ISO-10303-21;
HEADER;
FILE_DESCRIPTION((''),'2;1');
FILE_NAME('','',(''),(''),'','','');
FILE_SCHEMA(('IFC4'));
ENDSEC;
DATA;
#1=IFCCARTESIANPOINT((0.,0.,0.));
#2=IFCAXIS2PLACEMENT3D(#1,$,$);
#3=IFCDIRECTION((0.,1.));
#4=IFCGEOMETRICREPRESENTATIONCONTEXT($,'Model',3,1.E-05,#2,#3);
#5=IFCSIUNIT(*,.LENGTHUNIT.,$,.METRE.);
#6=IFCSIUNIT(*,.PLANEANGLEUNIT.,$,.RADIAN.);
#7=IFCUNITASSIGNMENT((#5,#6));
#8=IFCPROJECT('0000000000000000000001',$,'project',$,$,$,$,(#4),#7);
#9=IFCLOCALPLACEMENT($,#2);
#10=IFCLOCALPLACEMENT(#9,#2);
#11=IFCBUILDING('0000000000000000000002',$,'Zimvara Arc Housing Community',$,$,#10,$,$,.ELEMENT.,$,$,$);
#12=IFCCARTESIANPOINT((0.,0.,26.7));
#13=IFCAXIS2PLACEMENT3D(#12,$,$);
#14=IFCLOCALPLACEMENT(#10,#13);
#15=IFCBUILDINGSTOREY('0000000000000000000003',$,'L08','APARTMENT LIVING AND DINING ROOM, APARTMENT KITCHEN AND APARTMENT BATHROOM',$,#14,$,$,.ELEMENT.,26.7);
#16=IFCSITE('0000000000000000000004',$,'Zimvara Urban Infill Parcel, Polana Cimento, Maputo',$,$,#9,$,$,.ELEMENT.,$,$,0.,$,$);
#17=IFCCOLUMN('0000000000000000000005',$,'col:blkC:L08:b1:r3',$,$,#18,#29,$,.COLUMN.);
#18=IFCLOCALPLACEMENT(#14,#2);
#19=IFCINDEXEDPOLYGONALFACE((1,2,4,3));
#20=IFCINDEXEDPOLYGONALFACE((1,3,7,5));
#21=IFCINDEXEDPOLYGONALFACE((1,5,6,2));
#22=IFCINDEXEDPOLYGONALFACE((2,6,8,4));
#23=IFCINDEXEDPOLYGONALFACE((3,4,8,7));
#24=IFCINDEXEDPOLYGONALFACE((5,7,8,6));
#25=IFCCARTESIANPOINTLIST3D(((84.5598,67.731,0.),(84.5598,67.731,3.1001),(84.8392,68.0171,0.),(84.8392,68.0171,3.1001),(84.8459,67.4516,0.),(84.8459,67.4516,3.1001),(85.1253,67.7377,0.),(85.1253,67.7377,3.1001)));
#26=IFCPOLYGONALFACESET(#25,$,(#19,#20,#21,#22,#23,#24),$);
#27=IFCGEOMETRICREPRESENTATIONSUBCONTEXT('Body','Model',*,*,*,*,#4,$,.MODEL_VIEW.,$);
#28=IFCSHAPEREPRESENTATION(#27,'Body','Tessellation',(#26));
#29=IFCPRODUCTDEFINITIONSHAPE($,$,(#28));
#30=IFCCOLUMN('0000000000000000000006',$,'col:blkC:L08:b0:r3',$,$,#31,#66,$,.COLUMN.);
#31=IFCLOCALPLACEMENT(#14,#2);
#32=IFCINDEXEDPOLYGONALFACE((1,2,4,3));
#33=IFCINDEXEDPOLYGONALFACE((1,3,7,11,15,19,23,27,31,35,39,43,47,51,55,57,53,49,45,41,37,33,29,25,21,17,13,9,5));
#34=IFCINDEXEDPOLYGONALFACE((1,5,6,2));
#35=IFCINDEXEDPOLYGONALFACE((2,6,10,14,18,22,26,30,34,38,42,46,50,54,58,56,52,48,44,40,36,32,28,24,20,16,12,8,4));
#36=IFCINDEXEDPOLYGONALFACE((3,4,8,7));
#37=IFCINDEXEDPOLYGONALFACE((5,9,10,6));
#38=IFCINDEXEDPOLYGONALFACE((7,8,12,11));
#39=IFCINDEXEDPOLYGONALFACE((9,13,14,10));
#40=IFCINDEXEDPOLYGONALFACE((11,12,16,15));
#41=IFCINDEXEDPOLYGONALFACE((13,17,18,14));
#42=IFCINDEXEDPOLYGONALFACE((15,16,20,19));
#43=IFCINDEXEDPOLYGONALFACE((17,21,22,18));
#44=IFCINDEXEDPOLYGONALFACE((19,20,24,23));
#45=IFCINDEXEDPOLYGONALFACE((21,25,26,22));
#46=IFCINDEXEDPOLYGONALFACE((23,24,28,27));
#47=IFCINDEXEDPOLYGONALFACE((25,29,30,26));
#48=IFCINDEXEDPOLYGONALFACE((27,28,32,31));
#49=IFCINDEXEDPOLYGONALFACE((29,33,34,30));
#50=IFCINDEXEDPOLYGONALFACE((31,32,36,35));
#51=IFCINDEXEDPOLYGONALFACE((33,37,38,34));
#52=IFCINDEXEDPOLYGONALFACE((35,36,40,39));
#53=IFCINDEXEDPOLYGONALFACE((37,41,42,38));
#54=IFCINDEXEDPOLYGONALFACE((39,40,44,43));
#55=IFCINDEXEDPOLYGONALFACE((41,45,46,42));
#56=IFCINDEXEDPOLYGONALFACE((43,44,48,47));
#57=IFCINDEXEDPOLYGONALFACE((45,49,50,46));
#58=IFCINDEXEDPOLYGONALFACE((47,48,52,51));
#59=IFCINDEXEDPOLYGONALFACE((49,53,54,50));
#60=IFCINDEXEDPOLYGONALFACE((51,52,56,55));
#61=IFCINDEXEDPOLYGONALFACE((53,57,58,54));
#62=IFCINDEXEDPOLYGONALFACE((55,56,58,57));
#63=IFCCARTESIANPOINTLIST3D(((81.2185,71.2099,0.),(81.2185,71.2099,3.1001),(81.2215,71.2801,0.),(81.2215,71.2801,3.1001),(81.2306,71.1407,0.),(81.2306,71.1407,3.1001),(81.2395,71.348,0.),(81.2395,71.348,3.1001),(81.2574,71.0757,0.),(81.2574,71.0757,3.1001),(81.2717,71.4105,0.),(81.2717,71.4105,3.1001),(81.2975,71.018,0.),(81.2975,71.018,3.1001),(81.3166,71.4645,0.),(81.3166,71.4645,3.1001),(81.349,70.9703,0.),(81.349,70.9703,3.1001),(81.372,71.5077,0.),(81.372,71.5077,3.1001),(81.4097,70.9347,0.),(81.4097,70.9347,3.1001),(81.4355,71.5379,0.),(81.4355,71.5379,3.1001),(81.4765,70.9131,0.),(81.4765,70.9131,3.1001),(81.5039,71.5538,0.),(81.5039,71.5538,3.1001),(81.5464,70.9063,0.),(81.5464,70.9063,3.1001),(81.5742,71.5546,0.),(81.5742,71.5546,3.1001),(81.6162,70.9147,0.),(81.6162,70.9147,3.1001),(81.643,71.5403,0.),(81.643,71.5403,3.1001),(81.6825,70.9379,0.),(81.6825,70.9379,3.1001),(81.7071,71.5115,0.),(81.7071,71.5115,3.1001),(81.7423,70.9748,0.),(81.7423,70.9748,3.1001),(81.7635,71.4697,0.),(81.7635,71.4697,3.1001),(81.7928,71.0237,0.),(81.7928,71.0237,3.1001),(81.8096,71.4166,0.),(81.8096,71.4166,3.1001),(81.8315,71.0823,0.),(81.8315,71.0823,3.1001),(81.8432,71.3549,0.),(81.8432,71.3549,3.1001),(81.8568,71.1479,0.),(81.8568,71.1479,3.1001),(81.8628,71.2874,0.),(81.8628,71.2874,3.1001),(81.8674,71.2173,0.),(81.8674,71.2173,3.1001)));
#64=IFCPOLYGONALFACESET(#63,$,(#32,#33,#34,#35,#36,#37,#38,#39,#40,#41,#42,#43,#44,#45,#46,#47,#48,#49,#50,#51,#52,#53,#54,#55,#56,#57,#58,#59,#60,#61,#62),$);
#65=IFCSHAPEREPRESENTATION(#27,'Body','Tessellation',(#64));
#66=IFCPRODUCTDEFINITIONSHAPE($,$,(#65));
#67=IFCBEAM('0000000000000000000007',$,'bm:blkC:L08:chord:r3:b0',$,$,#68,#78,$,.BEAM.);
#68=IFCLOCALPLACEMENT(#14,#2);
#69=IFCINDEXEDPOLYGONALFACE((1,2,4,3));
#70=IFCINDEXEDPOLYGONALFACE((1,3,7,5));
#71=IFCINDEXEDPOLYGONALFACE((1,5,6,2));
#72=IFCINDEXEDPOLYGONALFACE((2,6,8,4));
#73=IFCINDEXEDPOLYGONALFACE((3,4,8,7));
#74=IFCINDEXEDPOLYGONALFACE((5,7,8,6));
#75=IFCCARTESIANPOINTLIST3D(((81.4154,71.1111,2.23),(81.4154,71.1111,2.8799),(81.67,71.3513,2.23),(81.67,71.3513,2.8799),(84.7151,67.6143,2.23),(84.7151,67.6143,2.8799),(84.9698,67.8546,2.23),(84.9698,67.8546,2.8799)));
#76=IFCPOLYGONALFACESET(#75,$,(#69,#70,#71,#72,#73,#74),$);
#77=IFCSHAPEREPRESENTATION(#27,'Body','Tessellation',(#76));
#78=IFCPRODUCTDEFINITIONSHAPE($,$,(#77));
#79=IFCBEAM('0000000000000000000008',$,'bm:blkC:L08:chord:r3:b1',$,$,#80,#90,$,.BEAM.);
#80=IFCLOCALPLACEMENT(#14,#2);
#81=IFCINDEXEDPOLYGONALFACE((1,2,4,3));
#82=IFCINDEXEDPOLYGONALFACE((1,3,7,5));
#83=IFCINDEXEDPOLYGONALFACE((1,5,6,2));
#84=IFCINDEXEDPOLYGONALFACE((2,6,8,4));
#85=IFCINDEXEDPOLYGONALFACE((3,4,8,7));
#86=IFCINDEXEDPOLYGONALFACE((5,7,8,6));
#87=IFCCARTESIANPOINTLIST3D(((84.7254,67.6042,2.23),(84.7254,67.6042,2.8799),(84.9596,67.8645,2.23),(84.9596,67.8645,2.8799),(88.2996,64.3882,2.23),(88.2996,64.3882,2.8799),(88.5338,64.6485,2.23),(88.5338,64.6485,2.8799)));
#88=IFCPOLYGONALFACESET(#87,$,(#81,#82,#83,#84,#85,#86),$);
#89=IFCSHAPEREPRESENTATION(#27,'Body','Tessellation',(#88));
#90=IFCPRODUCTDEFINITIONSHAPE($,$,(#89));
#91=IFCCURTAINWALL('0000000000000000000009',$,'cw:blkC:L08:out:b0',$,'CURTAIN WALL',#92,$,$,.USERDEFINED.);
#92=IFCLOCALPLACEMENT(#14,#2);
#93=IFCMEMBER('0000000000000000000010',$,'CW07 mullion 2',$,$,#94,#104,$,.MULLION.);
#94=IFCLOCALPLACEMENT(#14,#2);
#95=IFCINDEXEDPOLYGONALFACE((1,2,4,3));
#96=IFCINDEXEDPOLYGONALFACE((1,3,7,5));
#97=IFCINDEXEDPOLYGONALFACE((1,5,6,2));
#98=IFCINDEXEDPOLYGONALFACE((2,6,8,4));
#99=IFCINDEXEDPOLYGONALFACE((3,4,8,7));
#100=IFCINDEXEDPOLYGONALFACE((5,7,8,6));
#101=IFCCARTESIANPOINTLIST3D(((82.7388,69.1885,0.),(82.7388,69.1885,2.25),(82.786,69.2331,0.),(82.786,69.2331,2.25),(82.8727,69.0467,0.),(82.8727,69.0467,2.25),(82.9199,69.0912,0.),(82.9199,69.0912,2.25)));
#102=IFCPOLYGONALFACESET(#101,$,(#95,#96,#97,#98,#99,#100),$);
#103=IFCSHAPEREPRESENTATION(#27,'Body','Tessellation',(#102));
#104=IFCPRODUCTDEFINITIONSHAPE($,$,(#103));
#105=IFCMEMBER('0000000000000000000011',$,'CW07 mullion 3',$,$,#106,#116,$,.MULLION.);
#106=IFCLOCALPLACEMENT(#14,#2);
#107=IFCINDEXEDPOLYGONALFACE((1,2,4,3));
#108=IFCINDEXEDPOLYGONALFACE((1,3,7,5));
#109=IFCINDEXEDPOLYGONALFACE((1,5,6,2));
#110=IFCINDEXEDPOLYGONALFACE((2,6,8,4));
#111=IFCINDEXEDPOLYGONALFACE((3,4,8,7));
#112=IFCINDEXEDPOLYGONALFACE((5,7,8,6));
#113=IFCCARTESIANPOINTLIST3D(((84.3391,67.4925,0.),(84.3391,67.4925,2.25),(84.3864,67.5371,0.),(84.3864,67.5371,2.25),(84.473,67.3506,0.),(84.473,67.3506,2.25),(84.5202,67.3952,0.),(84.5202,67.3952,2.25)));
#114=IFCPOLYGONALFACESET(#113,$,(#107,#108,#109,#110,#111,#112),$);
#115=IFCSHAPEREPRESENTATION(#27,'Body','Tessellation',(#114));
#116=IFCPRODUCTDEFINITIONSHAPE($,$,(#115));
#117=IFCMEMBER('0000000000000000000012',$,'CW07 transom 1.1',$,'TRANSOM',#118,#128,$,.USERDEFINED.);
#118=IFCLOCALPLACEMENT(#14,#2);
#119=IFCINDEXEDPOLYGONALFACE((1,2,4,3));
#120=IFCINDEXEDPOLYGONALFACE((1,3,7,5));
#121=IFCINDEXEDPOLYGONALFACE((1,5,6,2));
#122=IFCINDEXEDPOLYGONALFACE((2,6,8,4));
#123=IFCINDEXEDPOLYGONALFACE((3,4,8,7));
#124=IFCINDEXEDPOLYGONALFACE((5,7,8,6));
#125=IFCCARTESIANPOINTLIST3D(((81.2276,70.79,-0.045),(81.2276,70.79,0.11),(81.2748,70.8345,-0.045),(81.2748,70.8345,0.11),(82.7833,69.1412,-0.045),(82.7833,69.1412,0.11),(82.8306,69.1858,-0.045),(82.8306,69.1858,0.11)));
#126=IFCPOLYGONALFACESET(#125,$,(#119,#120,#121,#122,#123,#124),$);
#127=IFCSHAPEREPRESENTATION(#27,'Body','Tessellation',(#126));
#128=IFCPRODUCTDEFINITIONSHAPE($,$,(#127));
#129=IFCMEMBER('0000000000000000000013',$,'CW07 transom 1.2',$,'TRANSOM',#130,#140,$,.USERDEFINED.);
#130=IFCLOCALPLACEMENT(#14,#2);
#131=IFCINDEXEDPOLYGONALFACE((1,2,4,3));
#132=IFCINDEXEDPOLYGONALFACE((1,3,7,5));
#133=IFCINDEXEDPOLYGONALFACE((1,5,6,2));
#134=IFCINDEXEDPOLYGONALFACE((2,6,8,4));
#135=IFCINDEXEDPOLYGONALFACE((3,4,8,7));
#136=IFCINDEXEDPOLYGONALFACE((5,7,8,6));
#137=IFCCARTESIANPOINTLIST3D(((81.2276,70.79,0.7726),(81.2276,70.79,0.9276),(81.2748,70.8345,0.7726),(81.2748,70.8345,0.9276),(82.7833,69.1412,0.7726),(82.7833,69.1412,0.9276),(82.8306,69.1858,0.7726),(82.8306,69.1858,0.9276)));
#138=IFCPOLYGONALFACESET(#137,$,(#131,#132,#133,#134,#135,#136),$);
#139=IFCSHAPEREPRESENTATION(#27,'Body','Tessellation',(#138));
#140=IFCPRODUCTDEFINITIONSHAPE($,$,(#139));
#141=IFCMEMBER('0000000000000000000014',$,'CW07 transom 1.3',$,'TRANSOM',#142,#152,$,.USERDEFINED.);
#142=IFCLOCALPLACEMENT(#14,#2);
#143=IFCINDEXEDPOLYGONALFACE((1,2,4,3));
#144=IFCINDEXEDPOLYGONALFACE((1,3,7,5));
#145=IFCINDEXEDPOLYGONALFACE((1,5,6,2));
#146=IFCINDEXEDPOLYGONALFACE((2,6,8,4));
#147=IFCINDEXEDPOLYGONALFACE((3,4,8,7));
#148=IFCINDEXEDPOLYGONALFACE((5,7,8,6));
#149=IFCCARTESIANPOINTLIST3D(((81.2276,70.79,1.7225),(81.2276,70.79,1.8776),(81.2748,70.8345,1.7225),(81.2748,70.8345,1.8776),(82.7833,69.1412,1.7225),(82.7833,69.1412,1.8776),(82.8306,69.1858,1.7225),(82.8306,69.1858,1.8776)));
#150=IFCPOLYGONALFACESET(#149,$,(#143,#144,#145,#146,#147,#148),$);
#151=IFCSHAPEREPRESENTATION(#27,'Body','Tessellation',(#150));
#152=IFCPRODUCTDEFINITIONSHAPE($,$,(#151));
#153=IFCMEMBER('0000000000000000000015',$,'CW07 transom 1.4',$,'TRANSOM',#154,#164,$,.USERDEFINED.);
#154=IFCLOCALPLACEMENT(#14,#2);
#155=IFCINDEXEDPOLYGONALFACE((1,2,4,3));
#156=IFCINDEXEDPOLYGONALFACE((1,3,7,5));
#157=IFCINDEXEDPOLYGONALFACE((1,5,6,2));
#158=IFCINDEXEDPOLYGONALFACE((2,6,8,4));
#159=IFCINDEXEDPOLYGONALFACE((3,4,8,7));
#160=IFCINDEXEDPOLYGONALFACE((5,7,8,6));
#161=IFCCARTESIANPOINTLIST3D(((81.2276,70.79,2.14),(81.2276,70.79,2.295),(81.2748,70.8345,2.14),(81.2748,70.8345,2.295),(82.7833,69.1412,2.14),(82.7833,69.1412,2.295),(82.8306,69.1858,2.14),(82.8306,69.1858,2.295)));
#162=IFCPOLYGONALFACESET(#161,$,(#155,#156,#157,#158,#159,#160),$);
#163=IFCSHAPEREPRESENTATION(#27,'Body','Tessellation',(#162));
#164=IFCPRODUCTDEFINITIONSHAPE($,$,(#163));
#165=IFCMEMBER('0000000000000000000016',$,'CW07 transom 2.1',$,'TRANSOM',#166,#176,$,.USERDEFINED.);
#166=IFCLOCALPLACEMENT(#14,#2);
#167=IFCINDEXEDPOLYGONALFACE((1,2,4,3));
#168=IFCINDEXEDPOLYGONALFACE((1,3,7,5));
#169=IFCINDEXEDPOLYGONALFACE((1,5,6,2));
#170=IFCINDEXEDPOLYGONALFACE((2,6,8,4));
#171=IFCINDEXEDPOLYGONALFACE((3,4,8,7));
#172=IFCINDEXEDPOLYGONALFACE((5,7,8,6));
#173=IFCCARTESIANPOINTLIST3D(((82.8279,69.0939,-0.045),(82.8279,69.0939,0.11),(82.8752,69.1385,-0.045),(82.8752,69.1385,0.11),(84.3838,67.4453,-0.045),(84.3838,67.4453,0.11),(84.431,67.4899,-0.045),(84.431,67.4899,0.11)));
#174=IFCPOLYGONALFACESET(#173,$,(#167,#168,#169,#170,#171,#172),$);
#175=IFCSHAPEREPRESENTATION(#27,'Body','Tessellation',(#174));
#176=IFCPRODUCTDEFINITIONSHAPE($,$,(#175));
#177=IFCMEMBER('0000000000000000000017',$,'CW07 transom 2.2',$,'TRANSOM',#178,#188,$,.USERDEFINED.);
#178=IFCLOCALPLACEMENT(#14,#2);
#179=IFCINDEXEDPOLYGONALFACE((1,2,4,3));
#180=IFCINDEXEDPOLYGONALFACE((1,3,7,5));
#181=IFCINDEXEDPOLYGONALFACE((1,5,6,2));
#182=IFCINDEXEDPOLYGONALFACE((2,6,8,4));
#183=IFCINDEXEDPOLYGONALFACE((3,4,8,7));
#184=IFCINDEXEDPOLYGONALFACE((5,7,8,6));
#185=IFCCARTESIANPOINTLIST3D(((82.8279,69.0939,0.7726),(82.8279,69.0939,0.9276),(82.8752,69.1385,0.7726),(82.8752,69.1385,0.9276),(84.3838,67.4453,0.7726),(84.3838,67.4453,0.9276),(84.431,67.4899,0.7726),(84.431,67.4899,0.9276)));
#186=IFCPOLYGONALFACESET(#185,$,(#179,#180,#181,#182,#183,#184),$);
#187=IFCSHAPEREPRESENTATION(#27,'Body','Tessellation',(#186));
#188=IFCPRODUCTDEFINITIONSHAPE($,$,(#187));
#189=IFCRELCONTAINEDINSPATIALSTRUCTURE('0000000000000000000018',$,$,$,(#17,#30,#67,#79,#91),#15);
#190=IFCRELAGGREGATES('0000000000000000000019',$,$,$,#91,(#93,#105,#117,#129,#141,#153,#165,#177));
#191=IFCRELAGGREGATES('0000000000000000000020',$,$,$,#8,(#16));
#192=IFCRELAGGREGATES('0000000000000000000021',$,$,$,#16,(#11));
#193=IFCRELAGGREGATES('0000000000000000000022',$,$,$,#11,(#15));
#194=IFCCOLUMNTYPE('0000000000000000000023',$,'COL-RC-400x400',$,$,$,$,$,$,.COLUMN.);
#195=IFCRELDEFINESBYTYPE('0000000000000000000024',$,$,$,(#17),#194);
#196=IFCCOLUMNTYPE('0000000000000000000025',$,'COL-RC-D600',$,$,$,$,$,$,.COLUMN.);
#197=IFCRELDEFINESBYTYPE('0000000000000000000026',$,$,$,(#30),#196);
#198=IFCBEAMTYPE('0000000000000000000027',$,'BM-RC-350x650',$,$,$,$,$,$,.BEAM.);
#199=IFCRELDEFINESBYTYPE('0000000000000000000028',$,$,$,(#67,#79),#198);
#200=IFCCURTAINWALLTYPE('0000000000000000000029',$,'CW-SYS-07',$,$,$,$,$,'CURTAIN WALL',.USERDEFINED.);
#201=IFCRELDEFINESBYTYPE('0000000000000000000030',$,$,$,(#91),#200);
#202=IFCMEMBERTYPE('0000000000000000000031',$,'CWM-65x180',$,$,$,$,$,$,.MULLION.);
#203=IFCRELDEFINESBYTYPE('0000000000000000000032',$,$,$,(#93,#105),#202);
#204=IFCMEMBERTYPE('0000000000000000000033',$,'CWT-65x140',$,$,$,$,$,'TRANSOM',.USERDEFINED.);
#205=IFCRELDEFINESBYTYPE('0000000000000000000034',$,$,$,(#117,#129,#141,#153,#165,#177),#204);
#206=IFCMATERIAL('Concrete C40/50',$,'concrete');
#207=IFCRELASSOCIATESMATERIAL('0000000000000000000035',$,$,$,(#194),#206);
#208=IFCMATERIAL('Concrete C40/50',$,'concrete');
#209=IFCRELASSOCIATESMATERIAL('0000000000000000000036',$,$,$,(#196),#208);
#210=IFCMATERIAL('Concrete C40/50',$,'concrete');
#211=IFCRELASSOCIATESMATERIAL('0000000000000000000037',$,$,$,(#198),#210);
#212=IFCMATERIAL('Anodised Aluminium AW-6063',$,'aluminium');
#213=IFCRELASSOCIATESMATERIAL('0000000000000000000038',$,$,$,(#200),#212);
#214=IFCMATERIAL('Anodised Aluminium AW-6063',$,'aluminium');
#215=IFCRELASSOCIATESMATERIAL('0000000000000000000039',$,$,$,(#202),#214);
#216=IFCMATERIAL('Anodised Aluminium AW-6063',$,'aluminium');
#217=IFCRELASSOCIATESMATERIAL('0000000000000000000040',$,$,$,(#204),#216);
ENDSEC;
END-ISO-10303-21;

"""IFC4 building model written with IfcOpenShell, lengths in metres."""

from ifc_helpers import new_model, si_unit, direction, frame, origin, origin_2d, place, context, subcontext, project, spatial, rectangle, circle, extrude, material, material_profile, profile_set, type_object, element, aggregate, save


model = new_model("IFC4")

# Units and contexts
model_context = context("Model", 3, precision=1e-05, world=origin(), true_north=direction((0.0, 1.0)))
body_context = subcontext(model_context, "Body", "Model", "MODEL_VIEW")
ifc_project = project(units=[si_unit("LENGTHUNIT", "METRE"), si_unit("PLANEANGLEUNIT", "RADIAN")], contexts=[model_context])

# Site, building, storey
site_placement = place(None, origin())
site = spatial("IfcSite", under=ifc_project, at=site_placement, Name="Zimvara Urban Infill Parcel, Polana Cimento, Maputo", CompositionType="ELEMENT", RefElevation=0.0)
building_placement = place(site_placement, origin())
building = spatial("IfcBuilding", under=site, at=building_placement, Name="Zimvara Arc Housing Community", CompositionType="ELEMENT")
storey_placement = place(building_placement, frame((0.0, 0.0, 26.7)))
storey = spatial("IfcBuildingStorey", under=building, at=storey_placement, Name="L08", Description="APARTMENT LIVING AND DINING ROOM, APARTMENT KITCHEN AND APARTMENT BATHROOM", CompositionType="ELEMENT", Elevation=26.7)

# Columns
ifc_material_1 = material(Name="Concrete C40/50", Category="concrete")
ifc_material_profile_1 = material_profile(ifc_material_1, rectangle(XDim=0.3999, YDim=0.3999, at=origin_2d()), Name="RC 400x400")
ifc_profile_set_1 = profile_set([ifc_material_profile_1], Name="Concrete C40/50")
column_type_1 = type_object("IfcColumnType", Name="COL-RC-400x400", PredefinedType="COLUMN", material=ifc_profile_set_1)
column_1_placement = place(storey_placement, frame((84.8425, 67.7344, 0.0), z_axis=(0.0, 0.0, 1.0), x_axis=(-0.698665, -0.715449, 0.0)))
element("IfcColumn", 1, at=column_1_placement, inside=storey, type_object=column_type_1, Name="col:blkC:L08:b1:r3", PredefinedType="COLUMN", context=body_context, shape_type="SweptSolid", body=[
    extrude(rectangle(XDim=0.3999, YDim=0.3999, at=origin_2d()), origin(), (0.0, 0.0, 1.0), 3.1001),
])
ifc_material_2 = material(Name="Concrete C40/50", Category="concrete")
ifc_material_profile_2 = material_profile(ifc_material_2, circle(Radius=0.325, at=origin_2d()), Name="RC D650")
ifc_profile_set_2 = profile_set([ifc_material_profile_2], Name="Concrete C40/50")
column_type_2 = type_object("IfcColumnType", Name="COL-RC-D600", PredefinedType="COLUMN", material=ifc_profile_set_2)
column_2_placement = place(storey_placement, frame((81.5427, 71.2312, 0.0), z_axis=(0.0, 0.0, 1.0), x_axis=(-0.75471, -0.656059, 0.0)))
element("IfcColumn", 2, at=column_2_placement, inside=storey, type_object=column_type_2, Name="col:blkC:L08:b0:r3", PredefinedType="COLUMN", context=body_context, shape_type="SweptSolid", body=[
    extrude(circle(Radius=0.325, at=origin_2d()), origin(), (0.0, 0.0, 1.0), 3.1001),
])

# Beams
ifc_material_3 = material(Name="Concrete C40/50", Category="concrete")
ifc_material_profile_3 = material_profile(ifc_material_3, rectangle(XDim=0.3501, YDim=0.6499, at=origin_2d()), Name="RC 350x650")
ifc_profile_set_3 = profile_set([ifc_material_profile_3], Name="Concrete C40/50")
beam_type = type_object("IfcBeamType", Name="BM-RC-350x650", PredefinedType="BEAM", material=ifc_profile_set_3)
beam_1_placement = place(storey_placement, frame((81.5427, 71.2312, 2.5549), z_axis=(0.686321, -0.727299, 0.0), x_axis=(0.727299, 0.686321, 0.0)))
element("IfcBeam", 3, at=beam_1_placement, inside=storey, type_object=beam_type, Name="bm:blkC:L08:chord:r3:b0", PredefinedType="BEAM", context=body_context, shape_type="SweptSolid", body=[
    extrude(rectangle(XDim=0.3501, YDim=0.6499, at=origin_2d()), origin(), (0.0, 0.0, 1.0), 4.8079),
])
beam_2_placement = place(storey_placement, frame((84.8425, 67.7344, 2.5549), z_axis=(0.74337, -0.668881, 0.0), x_axis=(0.668881, 0.74337, 0.0)))
element("IfcBeam", 4, at=beam_2_placement, inside=storey, type_object=beam_type, Name="bm:blkC:L08:chord:r3:b1", PredefinedType="BEAM", context=body_context, shape_type="SweptSolid", body=[
    extrude(rectangle(XDim=0.3501, YDim=0.6499, at=origin_2d()), origin(), (0.0, 0.0, 1.0), 4.8081),
])

# Curtain wall, members
ifc_material_4 = material(Name="Anodised Aluminium AW-6063", Category="aluminium")
curtain_wall_type = type_object("IfcCurtainWallType", Name="CW-SYS-07", ElementType="CURTAIN WALL", PredefinedType="USERDEFINED", material=ifc_material_4)
curtain_wall_placement = place(storey_placement, origin())
curtain_wall = element("IfcCurtainWall", 5, at=curtain_wall_placement, inside=storey, type_object=curtain_wall_type, Name="cw:blkC:L08:out:b0", ObjectType="CURTAIN WALL", PredefinedType="USERDEFINED")
ifc_material_5 = material(Name="Anodised Aluminium AW-6063", Category="aluminium")
ifc_material_profile_4 = material_profile(ifc_material_5, rectangle(XDim=0.0649, YDim=0.1951, at=origin_2d()), Name="ALU 65x195")
ifc_profile_set_4 = profile_set([ifc_material_profile_4], Name="Anodised Aluminium AW-6063")
member_type_1 = type_object("IfcMemberType", Name="CWM-65x180", PredefinedType="MULLION", material=ifc_profile_set_4)
member_1_placement = place(storey_placement, frame((82.8293, 69.1399, 0.0), z_axis=(0.0, 0.0, 1.0), x_axis=(0.727294, 0.686326, 0.0)))
member_1 = element("IfcMember", 6, at=member_1_placement, type_object=member_type_1, Name="CW07 mullion 2", PredefinedType="MULLION", context=body_context, shape_type="SweptSolid", body=[
    extrude(rectangle(XDim=0.0649, YDim=0.1951, at=origin_2d()), origin(), (0.0, 0.0, 1.0), 2.25),
])
member_2_placement = place(storey_placement, frame((84.4297, 67.4438, 0.0), z_axis=(0.0, 0.0, 1.0), x_axis=(0.727294, 0.686326, 0.0)))
member_2 = element("IfcMember", 7, at=member_2_placement, type_object=member_type_1, Name="CW07 mullion 3", PredefinedType="MULLION", context=body_context, shape_type="SweptSolid", body=[
    extrude(rectangle(XDim=0.0649, YDim=0.1951, at=origin_2d()), origin(), (0.0, 0.0, 1.0), 2.25),
])
ifc_material_6 = material(Name="Anodised Aluminium AW-6063", Category="aluminium")
ifc_material_profile_5 = material_profile(ifc_material_6, rectangle(XDim=0.0649, YDim=0.155, at=origin_2d()), Name="ALU 65x155")
ifc_profile_set_5 = profile_set([ifc_material_profile_5], Name="Anodised Aluminium AW-6063")
member_type_2 = type_object("IfcMemberType", Name="CWT-65x140", ElementType="TRANSOM", PredefinedType="USERDEFINED", material=ifc_profile_set_5)
member_3_placement = place(storey_placement, frame((81.2512, 70.8123, 0.0325), z_axis=(0.686291, -0.727327, 0.0), x_axis=(0.727327, 0.686291, 0.0)))
member_3 = element("IfcMember", 8, at=member_3_placement, type_object=member_type_2, Name="CW07 transom 1.1", ObjectType="TRANSOM", PredefinedType="USERDEFINED", context=body_context, shape_type="SweptSolid", body=[
    extrude(rectangle(XDim=0.0649, YDim=0.155, at=origin_2d()), origin(), (0.0, 0.0, 1.0), 2.2668),
])
member_4_placement = place(storey_placement, frame((81.2512, 70.8123, 0.8501), z_axis=(0.686291, -0.727327, 0.0), x_axis=(0.727327, 0.686291, 0.0)))
member_4 = element("IfcMember", 9, at=member_4_placement, type_object=member_type_2, Name="CW07 transom 1.2", ObjectType="TRANSOM", PredefinedType="USERDEFINED", context=body_context, shape_type="SweptSolid", body=[
    extrude(rectangle(XDim=0.0649, YDim=0.155, at=origin_2d()), origin(), (0.0, 0.0, 1.0), 2.2668),
])
member_5_placement = place(storey_placement, frame((81.2512, 70.8123, 1.8), z_axis=(0.686291, -0.727327, 0.0), x_axis=(0.727327, 0.686291, 0.0)))
member_5 = element("IfcMember", 10, at=member_5_placement, type_object=member_type_2, Name="CW07 transom 1.3", ObjectType="TRANSOM", PredefinedType="USERDEFINED", context=body_context, shape_type="SweptSolid", body=[
    extrude(rectangle(XDim=0.0649, YDim=0.155, at=origin_2d()), origin(), (0.0, 0.0, 1.0), 2.2668),
])
member_6_placement = place(storey_placement, frame((81.2512, 70.8123, 2.2175), z_axis=(0.686291, -0.727327, 0.0), x_axis=(0.727327, 0.686291, 0.0)))
member_6 = element("IfcMember", 11, at=member_6_placement, type_object=member_type_2, Name="CW07 transom 1.4", ObjectType="TRANSOM", PredefinedType="USERDEFINED", context=body_context, shape_type="SweptSolid", body=[
    extrude(rectangle(XDim=0.0649, YDim=0.155, at=origin_2d()), origin(), (0.0, 0.0, 1.0), 2.2668),
])
member_7_placement = place(storey_placement, frame((82.8516, 69.1162, 0.0325), z_axis=(0.686348, -0.727273, 0.0), x_axis=(0.727273, 0.686348, 0.0)))
member_7 = element("IfcMember", 12, at=member_7_placement, type_object=member_type_2, Name="CW07 transom 2.1", ObjectType="TRANSOM", PredefinedType="USERDEFINED", context=body_context, shape_type="SweptSolid", body=[
    extrude(rectangle(XDim=0.0649, YDim=0.155, at=origin_2d()), origin(), (0.0, 0.0, 1.0), 2.2668),
])
member_8_placement = place(storey_placement, frame((82.8516, 69.1162, 0.8501), z_axis=(0.686348, -0.727273, 0.0), x_axis=(0.727273, 0.686348, 0.0)))
member_8 = element("IfcMember", 13, at=member_8_placement, type_object=member_type_2, Name="CW07 transom 2.2", ObjectType="TRANSOM", PredefinedType="USERDEFINED", context=body_context, shape_type="SweptSolid", body=[
    extrude(rectangle(XDim=0.0649, YDim=0.155, at=origin_2d()), origin(), (0.0, 0.0, 1.0), 2.2668),
])
aggregate(curtain_wall, [member_1, member_2, member_3, member_4, member_5, member_6, member_7, member_8])

save(model, "model.ifc")
